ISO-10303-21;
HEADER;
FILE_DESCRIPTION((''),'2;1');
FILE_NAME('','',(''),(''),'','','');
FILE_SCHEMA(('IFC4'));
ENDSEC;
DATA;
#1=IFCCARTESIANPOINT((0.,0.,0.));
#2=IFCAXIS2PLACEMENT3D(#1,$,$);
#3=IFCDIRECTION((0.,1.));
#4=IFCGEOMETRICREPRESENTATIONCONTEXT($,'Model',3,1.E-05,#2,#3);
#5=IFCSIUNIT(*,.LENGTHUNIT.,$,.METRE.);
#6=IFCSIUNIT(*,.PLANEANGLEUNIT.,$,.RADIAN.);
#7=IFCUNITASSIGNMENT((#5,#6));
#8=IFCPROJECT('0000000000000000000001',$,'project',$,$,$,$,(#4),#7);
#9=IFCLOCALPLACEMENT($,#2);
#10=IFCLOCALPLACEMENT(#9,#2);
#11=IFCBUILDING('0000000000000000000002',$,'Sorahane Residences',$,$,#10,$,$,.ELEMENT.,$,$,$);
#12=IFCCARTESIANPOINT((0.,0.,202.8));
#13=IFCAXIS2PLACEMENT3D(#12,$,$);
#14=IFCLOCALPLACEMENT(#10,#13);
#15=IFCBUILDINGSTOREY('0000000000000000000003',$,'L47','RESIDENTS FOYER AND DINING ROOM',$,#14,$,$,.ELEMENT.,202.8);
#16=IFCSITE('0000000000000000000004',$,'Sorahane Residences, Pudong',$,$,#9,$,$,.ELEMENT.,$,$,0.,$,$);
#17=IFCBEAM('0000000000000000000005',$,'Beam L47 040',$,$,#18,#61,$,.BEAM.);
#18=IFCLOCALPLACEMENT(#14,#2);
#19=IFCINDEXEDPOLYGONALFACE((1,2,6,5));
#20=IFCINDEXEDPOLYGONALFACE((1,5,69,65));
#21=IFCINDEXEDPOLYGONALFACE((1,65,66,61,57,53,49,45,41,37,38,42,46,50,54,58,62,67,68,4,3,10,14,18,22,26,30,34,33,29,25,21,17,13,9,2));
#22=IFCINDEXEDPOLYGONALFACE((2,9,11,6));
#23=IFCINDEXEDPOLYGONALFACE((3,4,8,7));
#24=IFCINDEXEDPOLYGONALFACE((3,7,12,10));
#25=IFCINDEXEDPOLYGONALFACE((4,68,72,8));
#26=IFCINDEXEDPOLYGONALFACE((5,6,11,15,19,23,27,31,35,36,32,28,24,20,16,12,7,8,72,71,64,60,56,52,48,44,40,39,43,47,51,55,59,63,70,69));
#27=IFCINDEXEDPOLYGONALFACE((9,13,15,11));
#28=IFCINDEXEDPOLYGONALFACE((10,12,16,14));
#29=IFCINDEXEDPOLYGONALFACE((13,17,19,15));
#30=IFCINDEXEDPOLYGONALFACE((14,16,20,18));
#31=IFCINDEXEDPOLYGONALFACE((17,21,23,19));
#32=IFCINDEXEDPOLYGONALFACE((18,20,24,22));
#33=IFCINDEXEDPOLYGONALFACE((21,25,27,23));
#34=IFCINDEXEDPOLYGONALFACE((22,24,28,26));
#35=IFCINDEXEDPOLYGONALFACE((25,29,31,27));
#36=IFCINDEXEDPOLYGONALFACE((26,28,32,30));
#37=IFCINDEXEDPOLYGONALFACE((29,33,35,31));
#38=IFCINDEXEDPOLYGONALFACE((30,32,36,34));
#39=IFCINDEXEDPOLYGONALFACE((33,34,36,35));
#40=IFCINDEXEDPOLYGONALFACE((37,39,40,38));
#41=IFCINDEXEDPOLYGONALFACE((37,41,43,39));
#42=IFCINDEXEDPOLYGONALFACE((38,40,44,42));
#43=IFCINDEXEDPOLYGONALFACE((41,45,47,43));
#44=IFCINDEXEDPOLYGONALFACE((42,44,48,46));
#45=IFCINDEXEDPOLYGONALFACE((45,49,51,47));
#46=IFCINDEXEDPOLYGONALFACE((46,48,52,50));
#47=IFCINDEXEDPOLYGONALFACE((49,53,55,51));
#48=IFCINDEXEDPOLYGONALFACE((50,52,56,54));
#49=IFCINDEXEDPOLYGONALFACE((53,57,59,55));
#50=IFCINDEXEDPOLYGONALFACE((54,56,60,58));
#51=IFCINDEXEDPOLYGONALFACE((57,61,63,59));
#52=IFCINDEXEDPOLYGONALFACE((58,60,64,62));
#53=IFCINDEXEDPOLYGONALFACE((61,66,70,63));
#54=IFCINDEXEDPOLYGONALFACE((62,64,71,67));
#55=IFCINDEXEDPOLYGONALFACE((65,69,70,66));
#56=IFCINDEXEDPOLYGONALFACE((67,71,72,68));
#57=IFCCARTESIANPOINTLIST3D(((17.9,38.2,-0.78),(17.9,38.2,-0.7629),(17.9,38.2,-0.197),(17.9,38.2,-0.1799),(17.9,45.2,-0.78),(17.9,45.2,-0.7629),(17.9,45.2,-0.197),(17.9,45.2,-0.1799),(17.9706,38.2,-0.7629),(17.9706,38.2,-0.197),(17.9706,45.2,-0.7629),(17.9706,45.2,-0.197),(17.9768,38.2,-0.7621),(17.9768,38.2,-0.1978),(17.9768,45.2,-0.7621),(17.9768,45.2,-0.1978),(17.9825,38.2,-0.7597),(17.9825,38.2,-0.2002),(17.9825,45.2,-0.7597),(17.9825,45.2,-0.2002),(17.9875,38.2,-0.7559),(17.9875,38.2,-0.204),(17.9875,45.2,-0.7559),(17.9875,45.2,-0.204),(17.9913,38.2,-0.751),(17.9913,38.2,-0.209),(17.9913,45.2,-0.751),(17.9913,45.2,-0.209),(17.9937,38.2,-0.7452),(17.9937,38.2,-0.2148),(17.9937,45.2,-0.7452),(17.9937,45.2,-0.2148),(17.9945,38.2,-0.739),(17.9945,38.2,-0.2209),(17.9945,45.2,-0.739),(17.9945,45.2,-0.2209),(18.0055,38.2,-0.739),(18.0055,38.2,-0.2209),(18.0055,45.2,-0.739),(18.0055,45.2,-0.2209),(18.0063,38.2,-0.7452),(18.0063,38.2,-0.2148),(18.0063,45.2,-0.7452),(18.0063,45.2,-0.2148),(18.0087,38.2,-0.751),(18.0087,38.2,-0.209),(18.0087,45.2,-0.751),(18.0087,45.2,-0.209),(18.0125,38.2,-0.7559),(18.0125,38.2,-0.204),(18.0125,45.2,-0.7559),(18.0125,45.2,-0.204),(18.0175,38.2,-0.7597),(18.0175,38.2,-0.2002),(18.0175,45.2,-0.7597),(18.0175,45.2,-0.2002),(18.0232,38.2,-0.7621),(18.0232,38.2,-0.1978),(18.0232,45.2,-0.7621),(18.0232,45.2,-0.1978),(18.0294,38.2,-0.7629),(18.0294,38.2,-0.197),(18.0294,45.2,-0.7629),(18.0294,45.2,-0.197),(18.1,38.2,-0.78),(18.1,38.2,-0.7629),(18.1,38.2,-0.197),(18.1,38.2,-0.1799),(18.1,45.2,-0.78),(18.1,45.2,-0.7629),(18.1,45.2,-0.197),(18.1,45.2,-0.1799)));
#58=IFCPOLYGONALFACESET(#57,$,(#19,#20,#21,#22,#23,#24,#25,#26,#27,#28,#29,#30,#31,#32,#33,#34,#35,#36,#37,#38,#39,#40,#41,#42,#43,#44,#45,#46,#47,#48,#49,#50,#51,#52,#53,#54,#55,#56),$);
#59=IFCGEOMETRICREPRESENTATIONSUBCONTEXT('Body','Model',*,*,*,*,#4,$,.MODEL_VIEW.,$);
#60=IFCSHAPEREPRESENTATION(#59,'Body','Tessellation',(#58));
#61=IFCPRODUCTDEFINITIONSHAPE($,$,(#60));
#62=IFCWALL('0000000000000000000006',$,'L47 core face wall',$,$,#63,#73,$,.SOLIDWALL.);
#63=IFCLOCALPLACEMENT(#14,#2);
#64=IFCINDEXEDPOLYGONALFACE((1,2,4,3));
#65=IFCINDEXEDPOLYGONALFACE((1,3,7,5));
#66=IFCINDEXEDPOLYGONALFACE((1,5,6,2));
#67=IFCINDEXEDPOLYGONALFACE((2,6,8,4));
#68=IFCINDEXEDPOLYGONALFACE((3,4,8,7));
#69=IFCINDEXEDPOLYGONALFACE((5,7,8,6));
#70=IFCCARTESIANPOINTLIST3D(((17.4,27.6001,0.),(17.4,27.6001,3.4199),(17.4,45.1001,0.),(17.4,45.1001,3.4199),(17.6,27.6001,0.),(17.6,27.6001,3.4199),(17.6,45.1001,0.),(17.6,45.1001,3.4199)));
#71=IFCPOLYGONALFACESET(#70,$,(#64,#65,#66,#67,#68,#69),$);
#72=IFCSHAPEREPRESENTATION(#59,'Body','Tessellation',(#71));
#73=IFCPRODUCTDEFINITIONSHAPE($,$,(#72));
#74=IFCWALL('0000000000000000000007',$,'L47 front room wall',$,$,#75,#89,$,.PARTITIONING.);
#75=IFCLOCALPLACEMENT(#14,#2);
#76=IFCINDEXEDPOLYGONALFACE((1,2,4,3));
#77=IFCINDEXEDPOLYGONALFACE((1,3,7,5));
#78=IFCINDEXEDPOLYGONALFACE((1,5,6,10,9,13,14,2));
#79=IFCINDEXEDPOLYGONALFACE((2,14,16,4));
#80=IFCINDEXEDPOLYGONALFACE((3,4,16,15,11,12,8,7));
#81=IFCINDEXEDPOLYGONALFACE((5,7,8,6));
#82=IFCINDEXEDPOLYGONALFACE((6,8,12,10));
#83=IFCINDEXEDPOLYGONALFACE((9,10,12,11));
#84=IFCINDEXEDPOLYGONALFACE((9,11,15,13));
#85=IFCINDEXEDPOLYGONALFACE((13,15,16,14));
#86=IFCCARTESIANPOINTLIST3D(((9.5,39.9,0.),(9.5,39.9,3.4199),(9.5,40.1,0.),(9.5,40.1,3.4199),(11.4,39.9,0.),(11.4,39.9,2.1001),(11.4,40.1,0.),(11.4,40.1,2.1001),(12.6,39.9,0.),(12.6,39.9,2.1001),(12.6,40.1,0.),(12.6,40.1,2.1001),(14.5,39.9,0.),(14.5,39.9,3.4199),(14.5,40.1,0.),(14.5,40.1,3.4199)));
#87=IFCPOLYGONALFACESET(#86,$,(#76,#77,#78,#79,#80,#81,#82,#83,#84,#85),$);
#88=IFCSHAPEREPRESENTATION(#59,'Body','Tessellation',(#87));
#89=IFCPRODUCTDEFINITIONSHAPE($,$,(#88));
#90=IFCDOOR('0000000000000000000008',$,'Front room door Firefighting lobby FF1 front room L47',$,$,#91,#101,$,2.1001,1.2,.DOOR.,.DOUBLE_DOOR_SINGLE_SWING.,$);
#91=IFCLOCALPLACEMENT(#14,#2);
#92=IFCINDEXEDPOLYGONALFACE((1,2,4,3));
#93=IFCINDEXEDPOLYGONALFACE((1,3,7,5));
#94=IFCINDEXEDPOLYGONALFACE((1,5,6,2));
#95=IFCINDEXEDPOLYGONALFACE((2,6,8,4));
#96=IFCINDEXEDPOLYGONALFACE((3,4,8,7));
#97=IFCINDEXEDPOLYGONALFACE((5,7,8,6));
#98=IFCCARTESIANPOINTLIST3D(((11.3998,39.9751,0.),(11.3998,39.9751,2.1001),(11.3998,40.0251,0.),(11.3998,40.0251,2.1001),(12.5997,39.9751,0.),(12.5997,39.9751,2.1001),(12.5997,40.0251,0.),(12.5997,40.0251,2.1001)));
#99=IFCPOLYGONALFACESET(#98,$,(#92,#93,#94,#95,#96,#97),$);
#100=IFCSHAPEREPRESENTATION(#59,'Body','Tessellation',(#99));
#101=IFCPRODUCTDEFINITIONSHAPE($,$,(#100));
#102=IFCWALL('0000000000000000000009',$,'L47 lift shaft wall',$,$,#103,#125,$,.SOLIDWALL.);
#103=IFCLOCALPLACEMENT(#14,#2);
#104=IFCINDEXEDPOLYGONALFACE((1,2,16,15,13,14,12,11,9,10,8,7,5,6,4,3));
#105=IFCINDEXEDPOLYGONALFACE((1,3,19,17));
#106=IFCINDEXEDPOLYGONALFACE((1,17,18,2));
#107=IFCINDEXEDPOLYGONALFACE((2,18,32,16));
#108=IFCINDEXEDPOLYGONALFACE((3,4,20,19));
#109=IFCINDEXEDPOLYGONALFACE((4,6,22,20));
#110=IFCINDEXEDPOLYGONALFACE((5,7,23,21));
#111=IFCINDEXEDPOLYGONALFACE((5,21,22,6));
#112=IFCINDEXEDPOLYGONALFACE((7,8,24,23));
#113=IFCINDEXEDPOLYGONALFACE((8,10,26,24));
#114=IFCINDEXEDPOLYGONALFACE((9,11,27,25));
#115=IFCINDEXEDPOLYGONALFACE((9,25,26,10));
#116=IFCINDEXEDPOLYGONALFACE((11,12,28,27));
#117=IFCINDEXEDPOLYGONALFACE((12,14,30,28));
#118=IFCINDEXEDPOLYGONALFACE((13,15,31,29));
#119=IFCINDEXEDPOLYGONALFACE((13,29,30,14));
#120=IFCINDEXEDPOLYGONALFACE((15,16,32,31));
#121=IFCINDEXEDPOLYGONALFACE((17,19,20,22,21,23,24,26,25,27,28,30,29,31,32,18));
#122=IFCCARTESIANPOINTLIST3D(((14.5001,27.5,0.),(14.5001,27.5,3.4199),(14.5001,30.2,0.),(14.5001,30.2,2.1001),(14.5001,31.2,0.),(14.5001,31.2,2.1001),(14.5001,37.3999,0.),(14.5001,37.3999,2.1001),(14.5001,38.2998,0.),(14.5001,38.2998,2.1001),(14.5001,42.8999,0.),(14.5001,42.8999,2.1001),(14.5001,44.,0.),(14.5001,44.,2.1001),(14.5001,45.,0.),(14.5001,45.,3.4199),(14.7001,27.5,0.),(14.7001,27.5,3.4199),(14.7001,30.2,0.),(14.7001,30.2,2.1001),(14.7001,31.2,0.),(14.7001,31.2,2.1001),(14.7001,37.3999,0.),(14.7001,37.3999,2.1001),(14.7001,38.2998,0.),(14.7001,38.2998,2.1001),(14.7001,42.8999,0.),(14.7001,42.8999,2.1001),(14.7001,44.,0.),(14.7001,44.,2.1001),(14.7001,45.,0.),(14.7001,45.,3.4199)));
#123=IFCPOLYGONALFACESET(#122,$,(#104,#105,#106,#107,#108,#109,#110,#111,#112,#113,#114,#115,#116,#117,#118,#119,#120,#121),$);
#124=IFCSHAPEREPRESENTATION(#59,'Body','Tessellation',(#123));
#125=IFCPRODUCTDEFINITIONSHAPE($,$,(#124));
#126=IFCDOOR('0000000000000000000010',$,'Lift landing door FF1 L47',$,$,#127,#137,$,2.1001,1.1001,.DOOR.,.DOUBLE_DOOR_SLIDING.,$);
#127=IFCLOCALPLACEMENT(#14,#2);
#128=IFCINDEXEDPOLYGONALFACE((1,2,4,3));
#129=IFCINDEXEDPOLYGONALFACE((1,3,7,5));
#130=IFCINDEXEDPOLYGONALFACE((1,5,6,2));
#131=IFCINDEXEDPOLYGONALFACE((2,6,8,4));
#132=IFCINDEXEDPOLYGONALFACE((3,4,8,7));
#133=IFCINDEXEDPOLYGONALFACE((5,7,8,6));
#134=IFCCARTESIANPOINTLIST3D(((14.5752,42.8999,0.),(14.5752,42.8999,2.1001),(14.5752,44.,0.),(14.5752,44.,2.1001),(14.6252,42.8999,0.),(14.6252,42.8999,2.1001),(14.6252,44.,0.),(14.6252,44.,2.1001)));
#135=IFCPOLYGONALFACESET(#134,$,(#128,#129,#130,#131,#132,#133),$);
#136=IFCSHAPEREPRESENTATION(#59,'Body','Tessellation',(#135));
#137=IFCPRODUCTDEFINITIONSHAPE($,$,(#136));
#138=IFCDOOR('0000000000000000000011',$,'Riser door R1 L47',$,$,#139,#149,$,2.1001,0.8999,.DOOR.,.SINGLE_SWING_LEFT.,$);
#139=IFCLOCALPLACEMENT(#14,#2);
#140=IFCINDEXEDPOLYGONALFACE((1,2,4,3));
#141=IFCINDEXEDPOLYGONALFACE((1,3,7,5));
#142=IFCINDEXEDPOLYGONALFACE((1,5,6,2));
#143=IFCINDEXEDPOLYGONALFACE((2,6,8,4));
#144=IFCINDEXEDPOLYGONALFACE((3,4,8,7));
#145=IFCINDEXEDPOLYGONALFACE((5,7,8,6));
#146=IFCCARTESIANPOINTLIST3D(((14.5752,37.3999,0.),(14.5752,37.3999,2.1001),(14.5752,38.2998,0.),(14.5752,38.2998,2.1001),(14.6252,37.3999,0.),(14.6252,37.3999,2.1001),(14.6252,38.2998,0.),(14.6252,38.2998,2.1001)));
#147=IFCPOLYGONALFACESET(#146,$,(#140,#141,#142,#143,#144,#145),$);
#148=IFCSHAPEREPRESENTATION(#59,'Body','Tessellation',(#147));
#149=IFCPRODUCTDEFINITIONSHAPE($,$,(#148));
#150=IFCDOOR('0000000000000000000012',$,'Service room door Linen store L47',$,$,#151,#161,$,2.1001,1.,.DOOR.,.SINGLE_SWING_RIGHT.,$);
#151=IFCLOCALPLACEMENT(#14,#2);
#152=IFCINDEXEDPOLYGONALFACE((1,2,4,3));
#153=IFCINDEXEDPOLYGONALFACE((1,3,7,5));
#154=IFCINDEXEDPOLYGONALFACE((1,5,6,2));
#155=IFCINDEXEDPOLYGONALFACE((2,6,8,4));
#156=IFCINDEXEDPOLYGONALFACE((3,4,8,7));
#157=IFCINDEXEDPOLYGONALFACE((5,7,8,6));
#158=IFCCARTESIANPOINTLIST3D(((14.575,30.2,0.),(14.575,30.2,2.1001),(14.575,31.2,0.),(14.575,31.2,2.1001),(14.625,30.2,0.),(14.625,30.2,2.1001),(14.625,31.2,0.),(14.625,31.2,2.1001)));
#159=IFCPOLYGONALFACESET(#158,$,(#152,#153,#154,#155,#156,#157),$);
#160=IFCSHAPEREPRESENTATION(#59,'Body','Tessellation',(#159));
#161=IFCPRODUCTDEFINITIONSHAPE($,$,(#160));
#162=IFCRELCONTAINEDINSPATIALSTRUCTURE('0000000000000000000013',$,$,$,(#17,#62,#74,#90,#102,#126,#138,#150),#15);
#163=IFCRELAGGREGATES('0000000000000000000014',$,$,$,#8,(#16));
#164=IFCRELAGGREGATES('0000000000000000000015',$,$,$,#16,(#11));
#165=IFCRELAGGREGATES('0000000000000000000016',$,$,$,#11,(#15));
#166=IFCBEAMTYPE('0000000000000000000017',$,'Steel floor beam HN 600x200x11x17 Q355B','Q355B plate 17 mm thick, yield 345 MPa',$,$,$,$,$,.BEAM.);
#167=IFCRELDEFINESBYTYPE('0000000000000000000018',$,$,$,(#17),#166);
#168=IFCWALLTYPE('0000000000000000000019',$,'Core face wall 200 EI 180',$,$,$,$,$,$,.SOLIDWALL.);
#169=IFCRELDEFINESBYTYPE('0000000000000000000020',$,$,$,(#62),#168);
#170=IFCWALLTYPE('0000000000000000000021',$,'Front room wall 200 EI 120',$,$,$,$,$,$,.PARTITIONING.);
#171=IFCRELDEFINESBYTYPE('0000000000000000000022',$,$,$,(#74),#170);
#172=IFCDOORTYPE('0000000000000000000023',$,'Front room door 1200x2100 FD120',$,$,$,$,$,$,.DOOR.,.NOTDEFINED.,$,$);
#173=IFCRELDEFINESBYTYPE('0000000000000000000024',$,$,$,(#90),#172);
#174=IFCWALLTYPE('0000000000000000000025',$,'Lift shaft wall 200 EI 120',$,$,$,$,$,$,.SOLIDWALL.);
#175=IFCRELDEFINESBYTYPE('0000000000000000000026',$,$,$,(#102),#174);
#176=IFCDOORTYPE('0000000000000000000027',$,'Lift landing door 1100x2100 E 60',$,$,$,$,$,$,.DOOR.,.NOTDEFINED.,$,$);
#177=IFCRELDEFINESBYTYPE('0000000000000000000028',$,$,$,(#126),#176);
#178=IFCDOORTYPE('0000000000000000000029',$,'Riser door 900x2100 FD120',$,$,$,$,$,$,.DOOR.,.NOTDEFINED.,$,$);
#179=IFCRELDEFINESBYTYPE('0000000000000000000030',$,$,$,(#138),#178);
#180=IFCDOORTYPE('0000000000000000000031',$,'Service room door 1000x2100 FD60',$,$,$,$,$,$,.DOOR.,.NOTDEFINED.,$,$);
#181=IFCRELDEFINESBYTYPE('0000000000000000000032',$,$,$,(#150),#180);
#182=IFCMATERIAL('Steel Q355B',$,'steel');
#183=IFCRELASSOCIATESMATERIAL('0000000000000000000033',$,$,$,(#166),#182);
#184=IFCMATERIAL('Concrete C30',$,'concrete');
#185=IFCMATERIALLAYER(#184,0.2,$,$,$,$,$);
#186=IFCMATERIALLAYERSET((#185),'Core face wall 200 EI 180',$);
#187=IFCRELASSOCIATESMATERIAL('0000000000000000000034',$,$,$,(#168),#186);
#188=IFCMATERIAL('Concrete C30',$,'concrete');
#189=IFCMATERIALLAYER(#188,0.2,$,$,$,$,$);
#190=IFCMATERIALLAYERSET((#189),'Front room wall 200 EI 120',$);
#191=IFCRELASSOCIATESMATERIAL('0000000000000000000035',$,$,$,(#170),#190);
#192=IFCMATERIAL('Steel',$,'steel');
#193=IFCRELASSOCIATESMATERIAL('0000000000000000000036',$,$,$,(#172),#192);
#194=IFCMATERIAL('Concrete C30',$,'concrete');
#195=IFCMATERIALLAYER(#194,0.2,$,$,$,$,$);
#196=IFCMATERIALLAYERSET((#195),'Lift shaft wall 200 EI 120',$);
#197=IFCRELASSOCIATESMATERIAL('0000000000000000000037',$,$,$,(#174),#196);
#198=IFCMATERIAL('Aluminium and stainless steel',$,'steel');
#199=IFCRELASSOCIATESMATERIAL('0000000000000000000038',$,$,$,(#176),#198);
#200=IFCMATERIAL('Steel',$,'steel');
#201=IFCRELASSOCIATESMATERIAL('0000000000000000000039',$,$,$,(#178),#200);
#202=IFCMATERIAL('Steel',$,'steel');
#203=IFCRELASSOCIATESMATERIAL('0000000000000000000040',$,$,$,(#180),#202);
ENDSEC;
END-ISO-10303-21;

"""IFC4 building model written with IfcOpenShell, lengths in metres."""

from ifc_helpers import new_model, si_unit, direction, frame, frame_2d, origin, origin_2d, place, context, subcontext, project, spatial, rectangle, i_section, extrude, material, layer, layer_set, material_profile, profile_set, type_object, element, fill, save


model = new_model("IFC4")

# Units and contexts
model_context = context("Model", 3, precision=1e-05, world=origin(), true_north=direction((0.0, 1.0)))
body_context = subcontext(model_context, "Body", "Model", "MODEL_VIEW")
ifc_project = project(units=[si_unit("LENGTHUNIT", "METRE"), si_unit("PLANEANGLEUNIT", "RADIAN")], contexts=[model_context])

# Site, building, storey
site_placement = place(None, origin())
site = spatial("IfcSite", under=ifc_project, at=site_placement, Name="Sorahane Residences, Pudong", CompositionType="ELEMENT", RefElevation=0.0)
building_placement = place(site_placement, origin())
building = spatial("IfcBuilding", under=site, at=building_placement, Name="Sorahane Residences", CompositionType="ELEMENT")
storey_placement = place(building_placement, frame((0.0, 0.0, 202.8)))
storey = spatial("IfcBuildingStorey", under=building, at=storey_placement, Name="L47", Description="RESIDENTS FOYER AND DINING ROOM", CompositionType="ELEMENT", Elevation=202.8)

# Beam
ifc_material_1 = material(Name="Steel Q355B", Category="steel")
ifc_material_profile_1 = material_profile(ifc_material_1, i_section(OverallWidth=0.2, OverallDepth=0.6001, WebThickness=0.011, FlangeThickness=0.0171, FilletRadius=0.0239, at=origin_2d()), Name="HN 600x200x11x17")
ifc_profile_set_1 = profile_set([ifc_material_profile_1], Name="Steel Q355B")
beam_type_1 = type_object("IfcBeamType", Name="Steel floor beam HN 600x200x11x17 Q355B", Description="Q355B plate 17 mm thick, yield 345 MPa", PredefinedType="BEAM", material=ifc_profile_set_1)
for number, where, z_axis, x_axis, name in (
    (1, (18.0, 38.2, -0.48), (0.0, 1.0, 0.0), (-1.0, 0.0, 0.0), "Beam L47 040"),
):
    element("IfcBeam", number, at=place(storey_placement, frame(where, z_axis=z_axis, x_axis=x_axis)), inside=storey, type_object=beam_type_1, Name=name, PredefinedType="BEAM", context=body_context, shape_type="SweptSolid", body=[
        extrude(i_section(OverallWidth=0.2, OverallDepth=0.6001, WebThickness=0.011, FlangeThickness=0.0171, FilletRadius=0.0239, at=origin_2d()), origin(), (0.0, 0.0, 1.0), 7.0),
    ])

# Wall
ifc_material_2 = material(Name="Concrete C30", Category="concrete")
ifc_layer_1 = layer(ifc_material_2, 0.2)
ifc_layer_set_1 = layer_set([ifc_layer_1], Name="Core face wall 200 EI 180")
wall_type_1 = type_object("IfcWallType", Name="Core face wall 200 EI 180", PredefinedType="SOLIDWALL", material=ifc_layer_set_1)
wall_1_placement = place(storey_placement, frame((17.5, 27.6001, 0.0), z_axis=(0.0, 0.0, 1.0), x_axis=(0.0, 1.0, 0.0)))
element("IfcWall", 2, at=wall_1_placement, inside=storey, type_object=wall_type_1, Name="L47 core face wall", PredefinedType="SOLIDWALL", context=body_context, shape_type="SweptSolid", body=[
    extrude(rectangle(XDim=17.5, YDim=0.2, at=frame_2d((8.75, 0.0))), origin(), (0.0, 0.0, 1.0), 3.4199),
])

# Wall, opening, door
ifc_material_3 = material(Name="Concrete C30", Category="concrete")
ifc_layer_2 = layer(ifc_material_3, 0.2)
ifc_layer_set_2 = layer_set([ifc_layer_2], Name="Front room wall 200 EI 120")
wall_type_2 = type_object("IfcWallType", Name="Front room wall 200 EI 120", PredefinedType="PARTITIONING", material=ifc_layer_set_2)
wall_2_placement = place(storey_placement, frame((9.5, 40.0, 0.0), z_axis=(0.0, 0.0, 1.0), x_axis=(1.0, 0.0, 0.0)))
wall_2 = element("IfcWall", 3, at=wall_2_placement, inside=storey, type_object=wall_type_2, Name="L47 front room wall", PredefinedType="PARTITIONING", context=body_context, shape_type="SweptSolid", body=[
    extrude(rectangle(XDim=5.0, YDim=0.2, at=frame_2d((2.5, 0.0))), origin(), (0.0, 0.0, 1.0), 3.4199),
])
opening_1_placement = place(wall_2_placement, frame((1.8999, 0.0, 0.0)))
opening_1 = element("IfcOpeningElement", 4, at=opening_1_placement, cuts=wall_2, PredefinedType="OPENING", context=body_context, shape_type="SweptSolid", body=[
    extrude(rectangle(XDim=1.2, YDim=2.1001, at=frame_2d((0.6001, 1.05))), frame((0.0, 0.1099, 0.0), z_axis=(0.0, -1.0, 0.0), x_axis=(1.0, 0.0, 0.0)), (0.0, 0.0, 1.0), 0.22),
])
ifc_material_4 = material(Name="Steel", Category="steel")
door_type_1 = type_object("IfcDoorType", Name="Front room door 1200x2100 FD120", OperationType="NOTDEFINED", PredefinedType="DOOR", material=ifc_material_4)
door_1_placement = place(opening_1_placement, frame((1.2, 0.0, 0.0), z_axis=(0.0, 0.0, 1.0), x_axis=(-1.0, 0.0, 0.0)))
door_1 = element("IfcDoor", 5, at=door_1_placement, inside=storey, type_object=door_type_1, Name="Front room door Firefighting lobby FF1 front room L47", OperationType="DOUBLE_DOOR_SINGLE_SWING", OverallHeight=2.1001, OverallWidth=1.2, PredefinedType="DOOR", context=body_context, shape_type="SweptSolid", body=[
    extrude(rectangle(XDim=1.2, YDim=2.1001, at=frame_2d((0.6001, 1.05))), frame((0.0, 0.0249, 0.0), z_axis=(0.0, -1.0, 0.0), x_axis=(1.0, 0.0, 0.0)), (0.0, 0.0, 1.0), 0.05),
])
fill(opening_1, door_1)

# Wall, openings, doors
ifc_material_5 = material(Name="Concrete C30", Category="concrete")
ifc_layer_3 = layer(ifc_material_5, 0.2)
ifc_layer_set_3 = layer_set([ifc_layer_3], Name="Lift shaft wall 200 EI 120")
wall_type_3 = type_object("IfcWallType", Name="Lift shaft wall 200 EI 120", PredefinedType="SOLIDWALL", material=ifc_layer_set_3)
wall_3_placement = place(storey_placement, frame((14.6001, 27.5, 0.0), z_axis=(0.0, 0.0, 1.0), x_axis=(0.0, 1.0, 0.0)))
wall_3 = element("IfcWall", 6, at=wall_3_placement, inside=storey, type_object=wall_type_3, Name="L47 lift shaft wall", PredefinedType="SOLIDWALL", context=body_context, shape_type="SweptSolid", body=[
    extrude(rectangle(XDim=17.5, YDim=0.2, at=frame_2d((8.75, 0.0))), origin(), (0.0, 0.0, 1.0), 3.4199),
])
opening_2_placement = place(wall_3_placement, frame((15.3999, 0.0, 0.0)))
opening_2 = element("IfcOpeningElement", 7, at=opening_2_placement, cuts=wall_3, PredefinedType="OPENING", context=body_context, shape_type="SweptSolid", body=[
    extrude(rectangle(XDim=1.1001, YDim=2.1001, at=frame_2d((0.55, 1.05))), frame((0.0, 0.1099, 0.0), z_axis=(0.0, -1.0, 0.0), x_axis=(1.0, 0.0, 0.0)), (0.0, 0.0, 1.0), 0.22),
])
opening_3_placement = place(wall_3_placement, frame((2.7, 0.0, 0.0)))
opening_3 = element("IfcOpeningElement", 8, at=opening_3_placement, cuts=wall_3, PredefinedType="OPENING", context=body_context, shape_type="SweptSolid", body=[
    extrude(rectangle(XDim=1.0, YDim=2.1001, at=frame_2d((0.5, 1.05))), frame((0.0, 0.1099, 0.0), z_axis=(0.0, -1.0, 0.0), x_axis=(1.0, 0.0, 0.0)), (0.0, 0.0, 1.0), 0.22),
])
opening_4_placement = place(wall_3_placement, frame((9.8999, 0.0, 0.0)))
opening_4 = element("IfcOpeningElement", 9, at=opening_4_placement, cuts=wall_3, PredefinedType="OPENING", context=body_context, shape_type="SweptSolid", body=[
    extrude(rectangle(XDim=0.8999, YDim=2.1001, at=frame_2d((0.45, 1.05))), frame((0.0, 0.1099, 0.0), z_axis=(0.0, -1.0, 0.0), x_axis=(1.0, 0.0, 0.0)), (0.0, 0.0, 1.0), 0.22),
])
ifc_material_6 = material(Name="Aluminium and stainless steel", Category="steel")
door_type_2 = type_object("IfcDoorType", Name="Lift landing door 1100x2100 E 60", OperationType="NOTDEFINED", PredefinedType="DOOR", material=ifc_material_6)
door_2_placement = place(opening_2_placement, origin())
door_2 = element("IfcDoor", 10, at=door_2_placement, inside=storey, type_object=door_type_2, Name="Lift landing door FF1 L47", OperationType="DOUBLE_DOOR_SLIDING", OverallHeight=2.1001, OverallWidth=1.1001, PredefinedType="DOOR", context=body_context, shape_type="SweptSolid", body=[
    extrude(rectangle(XDim=1.1001, YDim=2.1001, at=frame_2d((0.55, 1.05))), frame((0.0, 0.0249, 0.0), z_axis=(0.0, -1.0, 0.0), x_axis=(1.0, 0.0, 0.0)), (0.0, 0.0, 1.0), 0.05),
])
fill(opening_2, door_2)
ifc_material_7 = material(Name="Steel", Category="steel")
door_type_3 = type_object("IfcDoorType", Name="Riser door 900x2100 FD120", OperationType="NOTDEFINED", PredefinedType="DOOR", material=ifc_material_7)
door_3_placement = place(opening_4_placement, origin())
door_3 = element("IfcDoor", 11, at=door_3_placement, inside=storey, type_object=door_type_3, Name="Riser door R1 L47", OperationType="SINGLE_SWING_LEFT", OverallHeight=2.1001, OverallWidth=0.8999, PredefinedType="DOOR", context=body_context, shape_type="SweptSolid", body=[
    extrude(rectangle(XDim=0.8999, YDim=2.1001, at=frame_2d((0.45, 1.05))), frame((0.0, 0.0249, 0.0), z_axis=(0.0, -1.0, 0.0), x_axis=(1.0, 0.0, 0.0)), (0.0, 0.0, 1.0), 0.05),
])
fill(opening_4, door_3)
ifc_material_8 = material(Name="Steel", Category="steel")
door_type_4 = type_object("IfcDoorType", Name="Service room door 1000x2100 FD60", OperationType="NOTDEFINED", PredefinedType="DOOR", material=ifc_material_8)
door_4_placement = place(opening_3_placement, frame((1.0, 0.0, 0.0), z_axis=(0.0, 0.0, 1.0), x_axis=(-1.0, 0.0, 0.0)))
door_4 = element("IfcDoor", 12, at=door_4_placement, inside=storey, type_object=door_type_4, Name="Service room door Linen store L47", OperationType="SINGLE_SWING_RIGHT", OverallHeight=2.1001, OverallWidth=1.0, PredefinedType="DOOR", context=body_context, shape_type="SweptSolid", body=[
    extrude(rectangle(XDim=1.0, YDim=2.1001, at=frame_2d((0.5, 1.05))), frame((0.0, 0.0249, 0.0), z_axis=(0.0, -1.0, 0.0), x_axis=(1.0, 0.0, 0.0)), (0.0, 0.0, 1.0), 0.05),
])
fill(opening_3, door_4)

save(model, "model.ifc")
